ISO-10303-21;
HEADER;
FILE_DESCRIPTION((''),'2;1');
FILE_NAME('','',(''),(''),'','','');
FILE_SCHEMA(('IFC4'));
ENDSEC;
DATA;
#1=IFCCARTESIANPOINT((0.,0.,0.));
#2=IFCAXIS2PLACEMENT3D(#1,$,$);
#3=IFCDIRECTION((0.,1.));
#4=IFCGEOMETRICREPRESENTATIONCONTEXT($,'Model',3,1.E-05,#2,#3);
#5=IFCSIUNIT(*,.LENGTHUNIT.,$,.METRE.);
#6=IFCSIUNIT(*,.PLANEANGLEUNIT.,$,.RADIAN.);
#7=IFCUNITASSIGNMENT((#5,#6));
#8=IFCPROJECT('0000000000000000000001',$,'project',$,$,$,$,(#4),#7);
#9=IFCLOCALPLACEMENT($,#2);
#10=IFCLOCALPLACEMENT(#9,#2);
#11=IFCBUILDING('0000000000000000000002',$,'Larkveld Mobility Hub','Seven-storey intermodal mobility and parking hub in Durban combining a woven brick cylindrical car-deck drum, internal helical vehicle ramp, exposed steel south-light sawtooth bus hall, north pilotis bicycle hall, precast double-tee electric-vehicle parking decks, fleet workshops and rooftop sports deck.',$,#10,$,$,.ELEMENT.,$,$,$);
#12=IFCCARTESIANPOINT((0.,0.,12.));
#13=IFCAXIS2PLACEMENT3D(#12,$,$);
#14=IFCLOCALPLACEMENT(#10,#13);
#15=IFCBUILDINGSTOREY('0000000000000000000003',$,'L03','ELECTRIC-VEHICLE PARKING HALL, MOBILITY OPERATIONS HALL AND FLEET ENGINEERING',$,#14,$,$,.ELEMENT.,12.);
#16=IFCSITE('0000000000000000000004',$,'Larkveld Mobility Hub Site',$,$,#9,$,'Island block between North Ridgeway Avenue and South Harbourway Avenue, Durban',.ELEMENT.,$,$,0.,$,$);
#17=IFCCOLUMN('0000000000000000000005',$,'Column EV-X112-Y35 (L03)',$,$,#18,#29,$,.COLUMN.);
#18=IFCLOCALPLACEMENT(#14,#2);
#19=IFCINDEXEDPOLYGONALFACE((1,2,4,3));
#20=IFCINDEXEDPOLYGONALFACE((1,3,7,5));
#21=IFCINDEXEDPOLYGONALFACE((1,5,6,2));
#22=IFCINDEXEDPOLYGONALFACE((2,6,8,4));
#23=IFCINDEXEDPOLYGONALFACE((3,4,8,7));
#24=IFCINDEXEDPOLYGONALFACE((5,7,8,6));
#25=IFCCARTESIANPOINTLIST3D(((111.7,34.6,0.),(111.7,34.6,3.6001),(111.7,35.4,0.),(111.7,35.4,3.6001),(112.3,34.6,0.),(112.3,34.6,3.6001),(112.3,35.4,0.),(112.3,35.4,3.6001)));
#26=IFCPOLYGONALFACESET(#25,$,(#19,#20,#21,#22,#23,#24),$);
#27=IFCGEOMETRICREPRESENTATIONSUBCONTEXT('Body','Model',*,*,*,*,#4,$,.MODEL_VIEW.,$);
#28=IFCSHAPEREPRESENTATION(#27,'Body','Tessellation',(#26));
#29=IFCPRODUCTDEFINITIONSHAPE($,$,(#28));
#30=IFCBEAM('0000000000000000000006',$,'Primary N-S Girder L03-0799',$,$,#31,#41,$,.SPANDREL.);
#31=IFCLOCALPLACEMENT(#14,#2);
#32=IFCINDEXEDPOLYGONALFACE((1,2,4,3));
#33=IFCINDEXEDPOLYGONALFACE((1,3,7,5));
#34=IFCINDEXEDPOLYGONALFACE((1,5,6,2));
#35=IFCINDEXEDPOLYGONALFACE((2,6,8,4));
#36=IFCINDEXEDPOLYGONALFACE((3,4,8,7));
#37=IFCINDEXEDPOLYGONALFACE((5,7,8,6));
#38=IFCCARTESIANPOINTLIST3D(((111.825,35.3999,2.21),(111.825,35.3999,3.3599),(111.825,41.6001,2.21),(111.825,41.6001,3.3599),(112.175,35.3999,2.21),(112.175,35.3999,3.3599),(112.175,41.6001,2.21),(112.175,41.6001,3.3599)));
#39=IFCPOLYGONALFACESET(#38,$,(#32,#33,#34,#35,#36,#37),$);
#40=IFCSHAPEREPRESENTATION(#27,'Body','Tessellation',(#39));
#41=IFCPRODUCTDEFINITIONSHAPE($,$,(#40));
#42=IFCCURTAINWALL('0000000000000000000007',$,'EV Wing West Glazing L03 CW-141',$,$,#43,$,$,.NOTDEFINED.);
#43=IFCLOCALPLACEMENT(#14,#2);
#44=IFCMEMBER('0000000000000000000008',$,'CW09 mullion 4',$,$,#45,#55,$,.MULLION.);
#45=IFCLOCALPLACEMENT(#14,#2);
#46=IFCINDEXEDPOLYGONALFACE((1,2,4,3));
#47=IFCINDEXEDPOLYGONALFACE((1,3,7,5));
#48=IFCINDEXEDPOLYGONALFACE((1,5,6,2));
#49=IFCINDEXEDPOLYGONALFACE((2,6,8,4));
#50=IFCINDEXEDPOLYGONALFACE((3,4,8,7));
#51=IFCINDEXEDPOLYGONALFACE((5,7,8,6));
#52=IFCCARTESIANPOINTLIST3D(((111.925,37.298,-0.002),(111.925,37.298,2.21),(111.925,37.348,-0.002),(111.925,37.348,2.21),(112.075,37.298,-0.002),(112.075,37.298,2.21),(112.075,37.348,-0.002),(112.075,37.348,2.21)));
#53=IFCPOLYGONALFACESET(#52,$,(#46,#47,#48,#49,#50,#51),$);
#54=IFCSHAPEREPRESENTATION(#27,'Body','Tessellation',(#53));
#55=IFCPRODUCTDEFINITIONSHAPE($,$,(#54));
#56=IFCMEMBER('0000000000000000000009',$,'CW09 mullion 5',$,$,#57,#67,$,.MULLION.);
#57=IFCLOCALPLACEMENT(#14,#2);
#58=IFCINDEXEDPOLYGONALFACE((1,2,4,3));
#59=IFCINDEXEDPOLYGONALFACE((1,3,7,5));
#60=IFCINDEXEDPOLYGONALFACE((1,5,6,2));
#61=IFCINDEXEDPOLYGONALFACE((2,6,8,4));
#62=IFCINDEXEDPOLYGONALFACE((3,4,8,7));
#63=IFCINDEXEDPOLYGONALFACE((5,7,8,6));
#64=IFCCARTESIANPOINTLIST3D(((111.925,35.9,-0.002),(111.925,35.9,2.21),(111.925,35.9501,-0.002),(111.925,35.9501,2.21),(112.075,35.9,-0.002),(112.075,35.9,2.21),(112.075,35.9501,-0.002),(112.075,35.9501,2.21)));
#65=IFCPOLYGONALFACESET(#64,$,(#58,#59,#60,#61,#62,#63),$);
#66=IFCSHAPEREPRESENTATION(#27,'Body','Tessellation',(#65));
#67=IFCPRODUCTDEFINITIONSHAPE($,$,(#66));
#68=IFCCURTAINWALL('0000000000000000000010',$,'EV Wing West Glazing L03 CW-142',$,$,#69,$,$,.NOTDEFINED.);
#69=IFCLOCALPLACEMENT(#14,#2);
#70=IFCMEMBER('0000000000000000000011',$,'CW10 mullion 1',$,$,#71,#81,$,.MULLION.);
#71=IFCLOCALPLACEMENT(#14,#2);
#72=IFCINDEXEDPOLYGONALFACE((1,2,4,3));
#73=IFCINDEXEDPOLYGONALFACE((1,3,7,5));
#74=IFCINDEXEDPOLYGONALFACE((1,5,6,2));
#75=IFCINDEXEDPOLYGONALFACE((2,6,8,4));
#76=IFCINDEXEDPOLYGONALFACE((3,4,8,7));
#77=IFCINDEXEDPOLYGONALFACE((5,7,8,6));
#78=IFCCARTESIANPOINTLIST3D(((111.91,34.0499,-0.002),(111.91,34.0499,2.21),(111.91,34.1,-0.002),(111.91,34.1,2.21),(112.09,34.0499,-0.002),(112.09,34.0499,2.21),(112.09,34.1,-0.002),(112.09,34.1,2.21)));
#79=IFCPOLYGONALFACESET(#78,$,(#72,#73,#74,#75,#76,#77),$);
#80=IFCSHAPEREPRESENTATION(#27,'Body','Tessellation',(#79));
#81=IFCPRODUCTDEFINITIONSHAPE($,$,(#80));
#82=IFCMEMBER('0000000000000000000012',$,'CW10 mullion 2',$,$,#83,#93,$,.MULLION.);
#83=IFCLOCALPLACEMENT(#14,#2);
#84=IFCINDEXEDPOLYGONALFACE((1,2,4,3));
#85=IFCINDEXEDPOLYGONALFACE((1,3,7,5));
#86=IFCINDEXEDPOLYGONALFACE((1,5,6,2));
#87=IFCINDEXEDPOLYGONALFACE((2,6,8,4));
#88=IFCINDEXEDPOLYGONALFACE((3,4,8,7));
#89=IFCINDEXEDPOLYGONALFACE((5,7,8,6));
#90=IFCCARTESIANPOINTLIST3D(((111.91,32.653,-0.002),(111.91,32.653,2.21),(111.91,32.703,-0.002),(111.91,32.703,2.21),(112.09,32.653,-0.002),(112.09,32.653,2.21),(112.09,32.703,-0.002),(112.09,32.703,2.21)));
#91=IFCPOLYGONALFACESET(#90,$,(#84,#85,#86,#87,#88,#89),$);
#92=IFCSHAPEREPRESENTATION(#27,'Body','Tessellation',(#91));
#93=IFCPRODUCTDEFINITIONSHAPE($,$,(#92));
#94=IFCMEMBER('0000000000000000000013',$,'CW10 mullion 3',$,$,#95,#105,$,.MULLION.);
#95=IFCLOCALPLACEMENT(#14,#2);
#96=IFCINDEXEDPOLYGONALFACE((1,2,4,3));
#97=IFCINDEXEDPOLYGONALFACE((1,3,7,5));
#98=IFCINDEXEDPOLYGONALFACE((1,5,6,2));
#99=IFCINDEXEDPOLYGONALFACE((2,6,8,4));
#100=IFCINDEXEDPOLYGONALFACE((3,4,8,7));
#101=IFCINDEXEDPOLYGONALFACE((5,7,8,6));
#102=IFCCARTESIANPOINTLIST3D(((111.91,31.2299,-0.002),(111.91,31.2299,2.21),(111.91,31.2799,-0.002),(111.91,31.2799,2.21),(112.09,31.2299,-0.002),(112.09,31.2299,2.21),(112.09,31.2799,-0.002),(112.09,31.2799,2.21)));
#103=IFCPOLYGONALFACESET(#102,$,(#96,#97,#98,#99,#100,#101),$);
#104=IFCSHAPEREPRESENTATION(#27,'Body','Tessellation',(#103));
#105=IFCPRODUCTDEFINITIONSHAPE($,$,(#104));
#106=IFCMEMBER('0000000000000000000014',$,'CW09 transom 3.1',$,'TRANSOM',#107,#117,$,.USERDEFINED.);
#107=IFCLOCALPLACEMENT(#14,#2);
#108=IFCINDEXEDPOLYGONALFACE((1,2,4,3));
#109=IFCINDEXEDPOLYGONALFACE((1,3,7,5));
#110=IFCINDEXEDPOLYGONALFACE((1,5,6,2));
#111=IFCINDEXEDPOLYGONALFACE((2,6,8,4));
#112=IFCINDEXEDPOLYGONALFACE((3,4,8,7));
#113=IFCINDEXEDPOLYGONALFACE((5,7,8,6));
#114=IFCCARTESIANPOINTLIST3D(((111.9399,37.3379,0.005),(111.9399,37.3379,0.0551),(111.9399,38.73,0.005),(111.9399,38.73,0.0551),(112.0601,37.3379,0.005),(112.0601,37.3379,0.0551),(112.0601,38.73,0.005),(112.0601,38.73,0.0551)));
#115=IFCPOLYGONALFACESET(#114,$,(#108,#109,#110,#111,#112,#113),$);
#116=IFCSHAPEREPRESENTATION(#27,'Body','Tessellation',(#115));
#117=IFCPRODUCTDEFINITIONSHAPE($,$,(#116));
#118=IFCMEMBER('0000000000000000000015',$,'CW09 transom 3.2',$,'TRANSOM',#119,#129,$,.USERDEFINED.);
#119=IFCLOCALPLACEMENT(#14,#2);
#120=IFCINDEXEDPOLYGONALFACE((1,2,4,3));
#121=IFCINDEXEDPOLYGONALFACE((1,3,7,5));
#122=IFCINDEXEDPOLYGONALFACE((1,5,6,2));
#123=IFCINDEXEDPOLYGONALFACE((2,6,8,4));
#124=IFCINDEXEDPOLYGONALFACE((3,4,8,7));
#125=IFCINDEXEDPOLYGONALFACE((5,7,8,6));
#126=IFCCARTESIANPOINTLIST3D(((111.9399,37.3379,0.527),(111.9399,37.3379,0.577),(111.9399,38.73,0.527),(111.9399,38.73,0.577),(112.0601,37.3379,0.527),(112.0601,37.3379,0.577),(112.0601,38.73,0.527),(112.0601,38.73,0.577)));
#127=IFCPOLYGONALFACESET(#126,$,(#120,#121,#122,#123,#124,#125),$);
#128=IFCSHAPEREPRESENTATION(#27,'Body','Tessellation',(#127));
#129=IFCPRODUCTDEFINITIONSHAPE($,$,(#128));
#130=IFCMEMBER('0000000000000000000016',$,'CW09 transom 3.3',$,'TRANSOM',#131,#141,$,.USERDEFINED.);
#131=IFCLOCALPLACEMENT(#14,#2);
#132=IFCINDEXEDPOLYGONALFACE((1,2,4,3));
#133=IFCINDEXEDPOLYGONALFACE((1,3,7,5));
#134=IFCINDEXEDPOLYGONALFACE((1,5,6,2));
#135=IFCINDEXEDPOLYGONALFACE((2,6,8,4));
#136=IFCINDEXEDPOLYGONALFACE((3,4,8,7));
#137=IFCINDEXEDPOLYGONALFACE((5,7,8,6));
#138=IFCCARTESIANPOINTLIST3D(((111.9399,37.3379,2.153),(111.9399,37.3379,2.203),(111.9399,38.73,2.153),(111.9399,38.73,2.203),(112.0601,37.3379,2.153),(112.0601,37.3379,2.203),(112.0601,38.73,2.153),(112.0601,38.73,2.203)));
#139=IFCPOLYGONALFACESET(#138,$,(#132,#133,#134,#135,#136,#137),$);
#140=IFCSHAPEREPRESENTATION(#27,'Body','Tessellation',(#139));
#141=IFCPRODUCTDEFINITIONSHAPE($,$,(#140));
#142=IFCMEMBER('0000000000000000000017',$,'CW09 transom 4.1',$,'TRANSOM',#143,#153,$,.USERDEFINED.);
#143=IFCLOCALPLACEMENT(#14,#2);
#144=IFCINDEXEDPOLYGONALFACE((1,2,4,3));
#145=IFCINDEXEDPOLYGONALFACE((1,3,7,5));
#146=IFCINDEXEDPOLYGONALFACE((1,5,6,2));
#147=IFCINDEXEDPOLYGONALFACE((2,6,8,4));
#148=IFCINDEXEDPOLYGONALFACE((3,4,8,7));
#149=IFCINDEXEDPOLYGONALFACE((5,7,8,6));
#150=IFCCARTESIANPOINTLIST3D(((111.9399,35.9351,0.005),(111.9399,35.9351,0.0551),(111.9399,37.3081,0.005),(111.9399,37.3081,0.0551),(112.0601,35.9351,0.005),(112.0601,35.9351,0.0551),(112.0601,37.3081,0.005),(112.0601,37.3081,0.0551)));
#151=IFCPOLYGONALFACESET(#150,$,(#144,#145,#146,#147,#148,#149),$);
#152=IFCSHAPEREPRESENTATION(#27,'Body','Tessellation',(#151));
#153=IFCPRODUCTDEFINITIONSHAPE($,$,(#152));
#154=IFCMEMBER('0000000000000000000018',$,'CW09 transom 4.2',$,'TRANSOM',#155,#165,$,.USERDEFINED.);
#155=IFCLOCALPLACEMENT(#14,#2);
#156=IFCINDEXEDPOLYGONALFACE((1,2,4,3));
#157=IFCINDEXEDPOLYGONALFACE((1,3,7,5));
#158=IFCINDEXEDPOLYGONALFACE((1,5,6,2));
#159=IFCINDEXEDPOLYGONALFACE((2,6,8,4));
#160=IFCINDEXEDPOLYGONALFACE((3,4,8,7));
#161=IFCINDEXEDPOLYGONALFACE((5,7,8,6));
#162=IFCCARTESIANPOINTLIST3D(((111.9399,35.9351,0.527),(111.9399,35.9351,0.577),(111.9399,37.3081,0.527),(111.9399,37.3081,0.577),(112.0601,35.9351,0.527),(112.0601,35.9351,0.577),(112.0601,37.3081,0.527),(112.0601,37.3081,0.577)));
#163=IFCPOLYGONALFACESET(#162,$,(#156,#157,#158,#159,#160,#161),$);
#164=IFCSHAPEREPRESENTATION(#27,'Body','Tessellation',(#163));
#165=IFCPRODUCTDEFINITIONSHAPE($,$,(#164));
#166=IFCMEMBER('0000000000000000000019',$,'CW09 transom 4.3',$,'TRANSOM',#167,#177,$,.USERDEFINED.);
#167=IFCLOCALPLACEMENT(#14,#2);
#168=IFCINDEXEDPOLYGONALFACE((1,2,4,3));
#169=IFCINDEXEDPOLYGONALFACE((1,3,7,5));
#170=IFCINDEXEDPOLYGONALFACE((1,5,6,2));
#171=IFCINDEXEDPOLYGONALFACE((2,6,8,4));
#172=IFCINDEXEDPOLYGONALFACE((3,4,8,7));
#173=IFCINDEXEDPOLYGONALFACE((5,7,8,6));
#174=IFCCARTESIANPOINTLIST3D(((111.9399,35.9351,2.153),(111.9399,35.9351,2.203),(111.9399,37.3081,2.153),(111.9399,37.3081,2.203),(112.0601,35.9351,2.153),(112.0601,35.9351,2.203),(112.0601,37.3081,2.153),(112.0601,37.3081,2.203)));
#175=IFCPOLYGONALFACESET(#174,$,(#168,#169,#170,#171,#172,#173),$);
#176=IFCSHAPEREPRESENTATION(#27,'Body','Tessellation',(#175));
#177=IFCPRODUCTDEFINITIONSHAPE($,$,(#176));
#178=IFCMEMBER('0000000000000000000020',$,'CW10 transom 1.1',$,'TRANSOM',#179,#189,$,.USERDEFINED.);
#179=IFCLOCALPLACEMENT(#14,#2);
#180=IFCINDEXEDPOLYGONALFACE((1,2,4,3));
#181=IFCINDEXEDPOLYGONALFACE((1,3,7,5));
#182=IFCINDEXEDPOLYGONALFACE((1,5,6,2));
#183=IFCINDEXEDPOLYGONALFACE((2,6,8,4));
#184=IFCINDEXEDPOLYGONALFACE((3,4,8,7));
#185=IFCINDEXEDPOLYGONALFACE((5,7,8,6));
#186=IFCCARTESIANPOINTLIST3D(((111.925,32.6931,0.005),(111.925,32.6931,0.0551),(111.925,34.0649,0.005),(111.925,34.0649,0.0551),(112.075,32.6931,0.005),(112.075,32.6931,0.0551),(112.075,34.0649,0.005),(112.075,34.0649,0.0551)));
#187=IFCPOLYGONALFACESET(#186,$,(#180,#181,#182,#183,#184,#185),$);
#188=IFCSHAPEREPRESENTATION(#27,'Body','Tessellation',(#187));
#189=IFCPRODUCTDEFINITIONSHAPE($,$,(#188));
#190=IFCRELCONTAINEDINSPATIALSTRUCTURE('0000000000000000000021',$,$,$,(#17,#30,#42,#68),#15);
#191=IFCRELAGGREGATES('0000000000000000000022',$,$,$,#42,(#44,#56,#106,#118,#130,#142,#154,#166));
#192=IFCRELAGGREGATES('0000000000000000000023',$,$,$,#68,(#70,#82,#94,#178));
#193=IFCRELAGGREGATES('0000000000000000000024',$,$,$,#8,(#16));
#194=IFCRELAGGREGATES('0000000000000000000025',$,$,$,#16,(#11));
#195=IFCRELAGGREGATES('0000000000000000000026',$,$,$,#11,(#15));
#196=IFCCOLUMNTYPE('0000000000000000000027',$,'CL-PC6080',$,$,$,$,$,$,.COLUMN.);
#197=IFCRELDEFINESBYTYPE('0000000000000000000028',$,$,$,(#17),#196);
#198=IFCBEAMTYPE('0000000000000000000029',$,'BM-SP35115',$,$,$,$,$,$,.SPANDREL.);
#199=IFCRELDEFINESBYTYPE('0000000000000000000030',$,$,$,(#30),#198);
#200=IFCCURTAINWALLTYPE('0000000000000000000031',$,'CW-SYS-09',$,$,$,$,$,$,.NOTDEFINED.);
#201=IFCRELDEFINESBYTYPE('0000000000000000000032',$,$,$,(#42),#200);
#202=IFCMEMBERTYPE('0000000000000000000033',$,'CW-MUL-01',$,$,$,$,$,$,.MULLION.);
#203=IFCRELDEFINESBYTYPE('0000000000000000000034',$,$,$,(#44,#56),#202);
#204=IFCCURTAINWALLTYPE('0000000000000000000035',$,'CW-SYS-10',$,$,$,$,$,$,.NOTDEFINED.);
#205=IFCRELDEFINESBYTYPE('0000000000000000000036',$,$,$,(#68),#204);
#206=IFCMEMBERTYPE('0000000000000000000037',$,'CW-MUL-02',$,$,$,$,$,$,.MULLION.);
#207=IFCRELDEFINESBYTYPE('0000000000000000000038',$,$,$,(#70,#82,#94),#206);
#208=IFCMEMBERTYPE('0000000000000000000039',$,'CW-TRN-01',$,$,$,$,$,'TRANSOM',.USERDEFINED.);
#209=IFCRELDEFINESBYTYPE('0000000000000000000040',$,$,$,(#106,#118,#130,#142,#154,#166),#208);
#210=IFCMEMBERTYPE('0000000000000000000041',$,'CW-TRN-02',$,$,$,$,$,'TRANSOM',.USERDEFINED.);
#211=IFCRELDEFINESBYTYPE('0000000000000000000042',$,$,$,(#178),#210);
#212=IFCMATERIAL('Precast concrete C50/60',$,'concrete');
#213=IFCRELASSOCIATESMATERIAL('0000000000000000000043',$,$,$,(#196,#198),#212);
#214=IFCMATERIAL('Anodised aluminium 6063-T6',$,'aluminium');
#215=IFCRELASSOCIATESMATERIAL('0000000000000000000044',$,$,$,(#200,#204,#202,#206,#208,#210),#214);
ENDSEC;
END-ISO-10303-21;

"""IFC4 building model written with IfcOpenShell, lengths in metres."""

from ifc_helpers import new_model, si_unit, direction, frame, origin, origin_2d, place, context, subcontext, project, spatial, rectangle, extrude, material, material_profile, profile_set, type_object, element, aggregate, save


model = new_model("IFC4")

# Units and contexts
model_context = context("Model", 3, precision=1e-05, world=origin(), true_north=direction((0.0, 1.0)))
body_context = subcontext(model_context, "Body", "Model", "MODEL_VIEW")
ifc_project = project(units=[si_unit("LENGTHUNIT", "METRE"), si_unit("PLANEANGLEUNIT", "RADIAN")], contexts=[model_context])

# Site, building, storey
site_placement = place(None, origin())
site = spatial("IfcSite", under=ifc_project, at=site_placement, Name="Larkveld Mobility Hub Site", LongName="Island block between North Ridgeway Avenue and South Harbourway Avenue, Durban", CompositionType="ELEMENT", RefElevation=0.0)
building_placement = place(site_placement, origin())
building = spatial("IfcBuilding", under=site, at=building_placement, Name="Larkveld Mobility Hub", Description="Seven-storey intermodal mobility and parking hub in Durban combining a woven brick cylindrical car-deck drum, internal helical vehicle ramp, exposed steel south-light sawtooth bus hall, north pilotis bicycle hall, precast double-tee electric-vehicle parking decks, fleet workshops and rooftop sports deck.", CompositionType="ELEMENT")
storey_placement = place(building_placement, frame((0.0, 0.0, 12.0)))
storey = spatial("IfcBuildingStorey", under=building, at=storey_placement, Name="L03", Description="ELECTRIC-VEHICLE PARKING HALL, MOBILITY OPERATIONS HALL AND FLEET ENGINEERING", CompositionType="ELEMENT", Elevation=12.0)

# Column
ifc_material_1 = material(Name="Precast concrete C50/60", Category="concrete")
ifc_material_profile_1 = material_profile(ifc_material_1, rectangle(XDim=0.6001, YDim=0.8, at=origin_2d()), Name="RC COL 600x800")
ifc_profile_set_1 = profile_set([ifc_material_profile_1], Name="Precast concrete C50/60")
column_type = type_object("IfcColumnType", Name="CL-PC6080", PredefinedType="COLUMN", material=ifc_profile_set_1)
column_placement = place(storey_placement, frame((112.0, 35.0, 0.0), z_axis=(0.0, 0.0, 1.0), x_axis=(1.0, 0.0, 0.0)))
element("IfcColumn", 1, at=column_placement, inside=storey, type_object=column_type, Name="Column EV-X112-Y35 (L03)", PredefinedType="COLUMN", context=body_context, shape_type="SweptSolid", body=[
    extrude(rectangle(XDim=0.6001, YDim=0.8, at=origin_2d()), origin(), (0.0, 0.0, 1.0), 3.6001),
])

# Beam
ifc_material_profile_2 = material_profile(ifc_material_1, rectangle(XDim=0.3501, YDim=1.1499, at=origin_2d()), Name="PC SP 350x1150")
ifc_profile_set_2 = profile_set([ifc_material_profile_2], Name="Precast concrete C50/60")
beam_type = type_object("IfcBeamType", Name="BM-SP35115", PredefinedType="SPANDREL", material=ifc_profile_set_2)
beam_placement = place(storey_placement, frame((112.0, 35.3999, 2.7849), z_axis=(0.0, 1.0, 0.0), x_axis=(-1.0, 0.0, 0.0)))
element("IfcBeam", 2, at=beam_placement, inside=storey, type_object=beam_type, Name="Primary N-S Girder L03-0799", PredefinedType="SPANDREL", context=body_context, shape_type="SweptSolid", body=[
    extrude(rectangle(XDim=0.3501, YDim=1.1499, at=origin_2d()), origin(), (0.0, 0.0, 1.0), 6.2002),
])

# Curtain walls, members
ifc_material_2 = material(Name="Anodised aluminium 6063-T6", Category="aluminium")
curtain_wall_type_1 = type_object("IfcCurtainWallType", Name="CW-SYS-09", PredefinedType="NOTDEFINED", material=ifc_material_2)
curtain_wall_1_placement = place(storey_placement, origin())
curtain_wall_1 = element("IfcCurtainWall", 3, at=curtain_wall_1_placement, inside=storey, type_object=curtain_wall_type_1, Name="EV Wing West Glazing L03 CW-141", PredefinedType="NOTDEFINED")
ifc_material_profile_3 = material_profile(ifc_material_2, rectangle(XDim=0.05, YDim=0.1499, at=origin_2d()), Name="ALU MULL 50x150")
ifc_profile_set_3 = profile_set([ifc_material_profile_3], Name="Anodised aluminium 6063-T6")
member_type_1 = type_object("IfcMemberType", Name="CW-MUL-01", PredefinedType="MULLION", material=ifc_profile_set_3)
member_1_placement = place(storey_placement, frame((112.0, 37.323, -0.002), z_axis=(0.0, 0.0, 1.0), x_axis=(0.0, -1.0, 0.0)))
member_1 = element("IfcMember", 4, at=member_1_placement, type_object=member_type_1, Name="CW09 mullion 4", PredefinedType="MULLION", context=body_context, shape_type="SweptSolid", body=[
    extrude(rectangle(XDim=0.05, YDim=0.1499, at=origin_2d()), origin(), (0.0, 0.0, 1.0), 2.2119),
])
member_2_placement = place(storey_placement, frame((112.0, 35.925, -0.002), z_axis=(0.0, 0.0, 1.0), x_axis=(0.0, -1.0, 0.0)))
member_2 = element("IfcMember", 5, at=member_2_placement, type_object=member_type_1, Name="CW09 mullion 5", PredefinedType="MULLION", context=body_context, shape_type="SweptSolid", body=[
    extrude(rectangle(XDim=0.05, YDim=0.1499, at=origin_2d()), origin(), (0.0, 0.0, 1.0), 2.2119),
])
curtain_wall_type_2 = type_object("IfcCurtainWallType", Name="CW-SYS-10", PredefinedType="NOTDEFINED", material=ifc_material_2)
curtain_wall_2_placement = place(storey_placement, origin())
curtain_wall_2 = element("IfcCurtainWall", 6, at=curtain_wall_2_placement, inside=storey, type_object=curtain_wall_type_2, Name="EV Wing West Glazing L03 CW-142", PredefinedType="NOTDEFINED")
ifc_material_profile_4 = material_profile(ifc_material_2, rectangle(XDim=0.05, YDim=0.1799, at=origin_2d()), Name="ALU MULL 50x180")
ifc_profile_set_4 = profile_set([ifc_material_profile_4], Name="Anodised aluminium 6063-T6")
member_type_2 = type_object("IfcMemberType", Name="CW-MUL-02", PredefinedType="MULLION", material=ifc_profile_set_4)
member_3_placement = place(storey_placement, frame((112.0, 34.075, -0.002), z_axis=(0.0, 0.0, 1.0), x_axis=(0.0, -1.0, 0.0)))
member_3 = element("IfcMember", 7, at=member_3_placement, type_object=member_type_2, Name="CW10 mullion 1", PredefinedType="MULLION", context=body_context, shape_type="SweptSolid", body=[
    extrude(rectangle(XDim=0.05, YDim=0.1799, at=origin_2d()), origin(), (0.0, 0.0, 1.0), 2.2119),
])
member_4_placement = place(storey_placement, frame((112.0, 32.678, -0.002), z_axis=(0.0, 0.0, 1.0), x_axis=(0.0, -1.0, 0.0)))
member_4 = element("IfcMember", 8, at=member_4_placement, type_object=member_type_2, Name="CW10 mullion 2", PredefinedType="MULLION", context=body_context, shape_type="SweptSolid", body=[
    extrude(rectangle(XDim=0.05, YDim=0.1799, at=origin_2d()), origin(), (0.0, 0.0, 1.0), 2.2119),
])
member_5_placement = place(storey_placement, frame((112.0, 31.2549, -0.002), z_axis=(0.0, 0.0, 1.0), x_axis=(0.0, -1.0, 0.0)))
member_5 = element("IfcMember", 9, at=member_5_placement, type_object=member_type_2, Name="CW10 mullion 3", PredefinedType="MULLION", context=body_context, shape_type="SweptSolid", body=[
    extrude(rectangle(XDim=0.05, YDim=0.1799, at=origin_2d()), origin(), (0.0, 0.0, 1.0), 2.2119),
])

# Members
ifc_material_profile_5 = material_profile(ifc_material_2, rectangle(XDim=0.1201, YDim=0.05, at=origin_2d()), Name="ALU TRAN 50x120")
ifc_profile_set_5 = profile_set([ifc_material_profile_5], Name="Anodised aluminium 6063-T6")
member_type_3 = type_object("IfcMemberType", Name="CW-TRN-01", ElementType="TRANSOM", PredefinedType="USERDEFINED", material=ifc_profile_set_5)
member_6_placement = place(storey_placement, frame((112.0, 38.73, 0.03), z_axis=(0.0, -1.0, 0.0), x_axis=(1.0, 0.0, 0.0)))
member_6 = element("IfcMember", 10, at=member_6_placement, type_object=member_type_3, Name="CW09 transom 3.1", ObjectType="TRANSOM", PredefinedType="USERDEFINED", context=body_context, shape_type="SweptSolid", body=[
    extrude(rectangle(XDim=0.1201, YDim=0.05, at=origin_2d()), origin(), (0.0, 0.0, 1.0), 1.3921),
])
member_7_placement = place(storey_placement, frame((112.0, 38.73, 0.552), z_axis=(0.0, -1.0, 0.0), x_axis=(1.0, 0.0, 0.0)))
member_7 = element("IfcMember", 11, at=member_7_placement, type_object=member_type_3, Name="CW09 transom 3.2", ObjectType="TRANSOM", PredefinedType="USERDEFINED", context=body_context, shape_type="SweptSolid", body=[
    extrude(rectangle(XDim=0.1201, YDim=0.05, at=origin_2d()), origin(), (0.0, 0.0, 1.0), 1.3921),
])
member_8_placement = place(storey_placement, frame((112.0, 38.73, 2.178), z_axis=(0.0, -1.0, 0.0), x_axis=(1.0, 0.0, 0.0)))
member_8 = element("IfcMember", 12, at=member_8_placement, type_object=member_type_3, Name="CW09 transom 3.3", ObjectType="TRANSOM", PredefinedType="USERDEFINED", context=body_context, shape_type="SweptSolid", body=[
    extrude(rectangle(XDim=0.1201, YDim=0.05, at=origin_2d()), origin(), (0.0, 0.0, 1.0), 1.3921),
])
member_9_placement = place(storey_placement, frame((112.0, 37.3081, 0.03), z_axis=(0.0, -1.0, 0.0), x_axis=(1.0, 0.0, 0.0)))
member_9 = element("IfcMember", 13, at=member_9_placement, type_object=member_type_3, Name="CW09 transom 4.1", ObjectType="TRANSOM", PredefinedType="USERDEFINED", context=body_context, shape_type="SweptSolid", body=[
    extrude(rectangle(XDim=0.1201, YDim=0.05, at=origin_2d()), origin(), (0.0, 0.0, 1.0), 1.373),
])
member_10_placement = place(storey_placement, frame((112.0, 37.3081, 0.552), z_axis=(0.0, -1.0, 0.0), x_axis=(1.0, 0.0, 0.0)))
member_10 = element("IfcMember", 14, at=member_10_placement, type_object=member_type_3, Name="CW09 transom 4.2", ObjectType="TRANSOM", PredefinedType="USERDEFINED", context=body_context, shape_type="SweptSolid", body=[
    extrude(rectangle(XDim=0.1201, YDim=0.05, at=origin_2d()), origin(), (0.0, 0.0, 1.0), 1.373),
])
member_11_placement = place(storey_placement, frame((112.0, 37.3081, 2.178), z_axis=(0.0, -1.0, 0.0), x_axis=(1.0, 0.0, 0.0)))
member_11 = element("IfcMember", 15, at=member_11_placement, type_object=member_type_3, Name="CW09 transom 4.3", ObjectType="TRANSOM", PredefinedType="USERDEFINED", context=body_context, shape_type="SweptSolid", body=[
    extrude(rectangle(XDim=0.1201, YDim=0.05, at=origin_2d()), origin(), (0.0, 0.0, 1.0), 1.373),
])
ifc_material_profile_6 = material_profile(ifc_material_2, rectangle(XDim=0.1499, YDim=0.05, at=origin_2d()), Name="ALU TRAN 50x150")
ifc_profile_set_6 = profile_set([ifc_material_profile_6], Name="Anodised aluminium 6063-T6")
member_type_4 = type_object("IfcMemberType", Name="CW-TRN-02", ElementType="TRANSOM", PredefinedType="USERDEFINED", material=ifc_profile_set_6)
member_12_placement = place(storey_placement, frame((112.0, 34.0649, 0.03), z_axis=(0.0, -1.0, 0.0), x_axis=(1.0, 0.0, 0.0)))
member_12 = element("IfcMember", 16, at=member_12_placement, type_object=member_type_4, Name="CW10 transom 1.1", ObjectType="TRANSOM", PredefinedType="USERDEFINED", context=body_context, shape_type="SweptSolid", body=[
    extrude(rectangle(XDim=0.1499, YDim=0.05, at=origin_2d()), origin(), (0.0, 0.0, 1.0), 1.3718),
])

aggregate(curtain_wall_1, [member_1, member_2, member_6, member_7, member_8, member_9, member_10, member_11])
aggregate(curtain_wall_2, [member_3, member_4, member_5, member_12])

save(model, "model.ifc")
